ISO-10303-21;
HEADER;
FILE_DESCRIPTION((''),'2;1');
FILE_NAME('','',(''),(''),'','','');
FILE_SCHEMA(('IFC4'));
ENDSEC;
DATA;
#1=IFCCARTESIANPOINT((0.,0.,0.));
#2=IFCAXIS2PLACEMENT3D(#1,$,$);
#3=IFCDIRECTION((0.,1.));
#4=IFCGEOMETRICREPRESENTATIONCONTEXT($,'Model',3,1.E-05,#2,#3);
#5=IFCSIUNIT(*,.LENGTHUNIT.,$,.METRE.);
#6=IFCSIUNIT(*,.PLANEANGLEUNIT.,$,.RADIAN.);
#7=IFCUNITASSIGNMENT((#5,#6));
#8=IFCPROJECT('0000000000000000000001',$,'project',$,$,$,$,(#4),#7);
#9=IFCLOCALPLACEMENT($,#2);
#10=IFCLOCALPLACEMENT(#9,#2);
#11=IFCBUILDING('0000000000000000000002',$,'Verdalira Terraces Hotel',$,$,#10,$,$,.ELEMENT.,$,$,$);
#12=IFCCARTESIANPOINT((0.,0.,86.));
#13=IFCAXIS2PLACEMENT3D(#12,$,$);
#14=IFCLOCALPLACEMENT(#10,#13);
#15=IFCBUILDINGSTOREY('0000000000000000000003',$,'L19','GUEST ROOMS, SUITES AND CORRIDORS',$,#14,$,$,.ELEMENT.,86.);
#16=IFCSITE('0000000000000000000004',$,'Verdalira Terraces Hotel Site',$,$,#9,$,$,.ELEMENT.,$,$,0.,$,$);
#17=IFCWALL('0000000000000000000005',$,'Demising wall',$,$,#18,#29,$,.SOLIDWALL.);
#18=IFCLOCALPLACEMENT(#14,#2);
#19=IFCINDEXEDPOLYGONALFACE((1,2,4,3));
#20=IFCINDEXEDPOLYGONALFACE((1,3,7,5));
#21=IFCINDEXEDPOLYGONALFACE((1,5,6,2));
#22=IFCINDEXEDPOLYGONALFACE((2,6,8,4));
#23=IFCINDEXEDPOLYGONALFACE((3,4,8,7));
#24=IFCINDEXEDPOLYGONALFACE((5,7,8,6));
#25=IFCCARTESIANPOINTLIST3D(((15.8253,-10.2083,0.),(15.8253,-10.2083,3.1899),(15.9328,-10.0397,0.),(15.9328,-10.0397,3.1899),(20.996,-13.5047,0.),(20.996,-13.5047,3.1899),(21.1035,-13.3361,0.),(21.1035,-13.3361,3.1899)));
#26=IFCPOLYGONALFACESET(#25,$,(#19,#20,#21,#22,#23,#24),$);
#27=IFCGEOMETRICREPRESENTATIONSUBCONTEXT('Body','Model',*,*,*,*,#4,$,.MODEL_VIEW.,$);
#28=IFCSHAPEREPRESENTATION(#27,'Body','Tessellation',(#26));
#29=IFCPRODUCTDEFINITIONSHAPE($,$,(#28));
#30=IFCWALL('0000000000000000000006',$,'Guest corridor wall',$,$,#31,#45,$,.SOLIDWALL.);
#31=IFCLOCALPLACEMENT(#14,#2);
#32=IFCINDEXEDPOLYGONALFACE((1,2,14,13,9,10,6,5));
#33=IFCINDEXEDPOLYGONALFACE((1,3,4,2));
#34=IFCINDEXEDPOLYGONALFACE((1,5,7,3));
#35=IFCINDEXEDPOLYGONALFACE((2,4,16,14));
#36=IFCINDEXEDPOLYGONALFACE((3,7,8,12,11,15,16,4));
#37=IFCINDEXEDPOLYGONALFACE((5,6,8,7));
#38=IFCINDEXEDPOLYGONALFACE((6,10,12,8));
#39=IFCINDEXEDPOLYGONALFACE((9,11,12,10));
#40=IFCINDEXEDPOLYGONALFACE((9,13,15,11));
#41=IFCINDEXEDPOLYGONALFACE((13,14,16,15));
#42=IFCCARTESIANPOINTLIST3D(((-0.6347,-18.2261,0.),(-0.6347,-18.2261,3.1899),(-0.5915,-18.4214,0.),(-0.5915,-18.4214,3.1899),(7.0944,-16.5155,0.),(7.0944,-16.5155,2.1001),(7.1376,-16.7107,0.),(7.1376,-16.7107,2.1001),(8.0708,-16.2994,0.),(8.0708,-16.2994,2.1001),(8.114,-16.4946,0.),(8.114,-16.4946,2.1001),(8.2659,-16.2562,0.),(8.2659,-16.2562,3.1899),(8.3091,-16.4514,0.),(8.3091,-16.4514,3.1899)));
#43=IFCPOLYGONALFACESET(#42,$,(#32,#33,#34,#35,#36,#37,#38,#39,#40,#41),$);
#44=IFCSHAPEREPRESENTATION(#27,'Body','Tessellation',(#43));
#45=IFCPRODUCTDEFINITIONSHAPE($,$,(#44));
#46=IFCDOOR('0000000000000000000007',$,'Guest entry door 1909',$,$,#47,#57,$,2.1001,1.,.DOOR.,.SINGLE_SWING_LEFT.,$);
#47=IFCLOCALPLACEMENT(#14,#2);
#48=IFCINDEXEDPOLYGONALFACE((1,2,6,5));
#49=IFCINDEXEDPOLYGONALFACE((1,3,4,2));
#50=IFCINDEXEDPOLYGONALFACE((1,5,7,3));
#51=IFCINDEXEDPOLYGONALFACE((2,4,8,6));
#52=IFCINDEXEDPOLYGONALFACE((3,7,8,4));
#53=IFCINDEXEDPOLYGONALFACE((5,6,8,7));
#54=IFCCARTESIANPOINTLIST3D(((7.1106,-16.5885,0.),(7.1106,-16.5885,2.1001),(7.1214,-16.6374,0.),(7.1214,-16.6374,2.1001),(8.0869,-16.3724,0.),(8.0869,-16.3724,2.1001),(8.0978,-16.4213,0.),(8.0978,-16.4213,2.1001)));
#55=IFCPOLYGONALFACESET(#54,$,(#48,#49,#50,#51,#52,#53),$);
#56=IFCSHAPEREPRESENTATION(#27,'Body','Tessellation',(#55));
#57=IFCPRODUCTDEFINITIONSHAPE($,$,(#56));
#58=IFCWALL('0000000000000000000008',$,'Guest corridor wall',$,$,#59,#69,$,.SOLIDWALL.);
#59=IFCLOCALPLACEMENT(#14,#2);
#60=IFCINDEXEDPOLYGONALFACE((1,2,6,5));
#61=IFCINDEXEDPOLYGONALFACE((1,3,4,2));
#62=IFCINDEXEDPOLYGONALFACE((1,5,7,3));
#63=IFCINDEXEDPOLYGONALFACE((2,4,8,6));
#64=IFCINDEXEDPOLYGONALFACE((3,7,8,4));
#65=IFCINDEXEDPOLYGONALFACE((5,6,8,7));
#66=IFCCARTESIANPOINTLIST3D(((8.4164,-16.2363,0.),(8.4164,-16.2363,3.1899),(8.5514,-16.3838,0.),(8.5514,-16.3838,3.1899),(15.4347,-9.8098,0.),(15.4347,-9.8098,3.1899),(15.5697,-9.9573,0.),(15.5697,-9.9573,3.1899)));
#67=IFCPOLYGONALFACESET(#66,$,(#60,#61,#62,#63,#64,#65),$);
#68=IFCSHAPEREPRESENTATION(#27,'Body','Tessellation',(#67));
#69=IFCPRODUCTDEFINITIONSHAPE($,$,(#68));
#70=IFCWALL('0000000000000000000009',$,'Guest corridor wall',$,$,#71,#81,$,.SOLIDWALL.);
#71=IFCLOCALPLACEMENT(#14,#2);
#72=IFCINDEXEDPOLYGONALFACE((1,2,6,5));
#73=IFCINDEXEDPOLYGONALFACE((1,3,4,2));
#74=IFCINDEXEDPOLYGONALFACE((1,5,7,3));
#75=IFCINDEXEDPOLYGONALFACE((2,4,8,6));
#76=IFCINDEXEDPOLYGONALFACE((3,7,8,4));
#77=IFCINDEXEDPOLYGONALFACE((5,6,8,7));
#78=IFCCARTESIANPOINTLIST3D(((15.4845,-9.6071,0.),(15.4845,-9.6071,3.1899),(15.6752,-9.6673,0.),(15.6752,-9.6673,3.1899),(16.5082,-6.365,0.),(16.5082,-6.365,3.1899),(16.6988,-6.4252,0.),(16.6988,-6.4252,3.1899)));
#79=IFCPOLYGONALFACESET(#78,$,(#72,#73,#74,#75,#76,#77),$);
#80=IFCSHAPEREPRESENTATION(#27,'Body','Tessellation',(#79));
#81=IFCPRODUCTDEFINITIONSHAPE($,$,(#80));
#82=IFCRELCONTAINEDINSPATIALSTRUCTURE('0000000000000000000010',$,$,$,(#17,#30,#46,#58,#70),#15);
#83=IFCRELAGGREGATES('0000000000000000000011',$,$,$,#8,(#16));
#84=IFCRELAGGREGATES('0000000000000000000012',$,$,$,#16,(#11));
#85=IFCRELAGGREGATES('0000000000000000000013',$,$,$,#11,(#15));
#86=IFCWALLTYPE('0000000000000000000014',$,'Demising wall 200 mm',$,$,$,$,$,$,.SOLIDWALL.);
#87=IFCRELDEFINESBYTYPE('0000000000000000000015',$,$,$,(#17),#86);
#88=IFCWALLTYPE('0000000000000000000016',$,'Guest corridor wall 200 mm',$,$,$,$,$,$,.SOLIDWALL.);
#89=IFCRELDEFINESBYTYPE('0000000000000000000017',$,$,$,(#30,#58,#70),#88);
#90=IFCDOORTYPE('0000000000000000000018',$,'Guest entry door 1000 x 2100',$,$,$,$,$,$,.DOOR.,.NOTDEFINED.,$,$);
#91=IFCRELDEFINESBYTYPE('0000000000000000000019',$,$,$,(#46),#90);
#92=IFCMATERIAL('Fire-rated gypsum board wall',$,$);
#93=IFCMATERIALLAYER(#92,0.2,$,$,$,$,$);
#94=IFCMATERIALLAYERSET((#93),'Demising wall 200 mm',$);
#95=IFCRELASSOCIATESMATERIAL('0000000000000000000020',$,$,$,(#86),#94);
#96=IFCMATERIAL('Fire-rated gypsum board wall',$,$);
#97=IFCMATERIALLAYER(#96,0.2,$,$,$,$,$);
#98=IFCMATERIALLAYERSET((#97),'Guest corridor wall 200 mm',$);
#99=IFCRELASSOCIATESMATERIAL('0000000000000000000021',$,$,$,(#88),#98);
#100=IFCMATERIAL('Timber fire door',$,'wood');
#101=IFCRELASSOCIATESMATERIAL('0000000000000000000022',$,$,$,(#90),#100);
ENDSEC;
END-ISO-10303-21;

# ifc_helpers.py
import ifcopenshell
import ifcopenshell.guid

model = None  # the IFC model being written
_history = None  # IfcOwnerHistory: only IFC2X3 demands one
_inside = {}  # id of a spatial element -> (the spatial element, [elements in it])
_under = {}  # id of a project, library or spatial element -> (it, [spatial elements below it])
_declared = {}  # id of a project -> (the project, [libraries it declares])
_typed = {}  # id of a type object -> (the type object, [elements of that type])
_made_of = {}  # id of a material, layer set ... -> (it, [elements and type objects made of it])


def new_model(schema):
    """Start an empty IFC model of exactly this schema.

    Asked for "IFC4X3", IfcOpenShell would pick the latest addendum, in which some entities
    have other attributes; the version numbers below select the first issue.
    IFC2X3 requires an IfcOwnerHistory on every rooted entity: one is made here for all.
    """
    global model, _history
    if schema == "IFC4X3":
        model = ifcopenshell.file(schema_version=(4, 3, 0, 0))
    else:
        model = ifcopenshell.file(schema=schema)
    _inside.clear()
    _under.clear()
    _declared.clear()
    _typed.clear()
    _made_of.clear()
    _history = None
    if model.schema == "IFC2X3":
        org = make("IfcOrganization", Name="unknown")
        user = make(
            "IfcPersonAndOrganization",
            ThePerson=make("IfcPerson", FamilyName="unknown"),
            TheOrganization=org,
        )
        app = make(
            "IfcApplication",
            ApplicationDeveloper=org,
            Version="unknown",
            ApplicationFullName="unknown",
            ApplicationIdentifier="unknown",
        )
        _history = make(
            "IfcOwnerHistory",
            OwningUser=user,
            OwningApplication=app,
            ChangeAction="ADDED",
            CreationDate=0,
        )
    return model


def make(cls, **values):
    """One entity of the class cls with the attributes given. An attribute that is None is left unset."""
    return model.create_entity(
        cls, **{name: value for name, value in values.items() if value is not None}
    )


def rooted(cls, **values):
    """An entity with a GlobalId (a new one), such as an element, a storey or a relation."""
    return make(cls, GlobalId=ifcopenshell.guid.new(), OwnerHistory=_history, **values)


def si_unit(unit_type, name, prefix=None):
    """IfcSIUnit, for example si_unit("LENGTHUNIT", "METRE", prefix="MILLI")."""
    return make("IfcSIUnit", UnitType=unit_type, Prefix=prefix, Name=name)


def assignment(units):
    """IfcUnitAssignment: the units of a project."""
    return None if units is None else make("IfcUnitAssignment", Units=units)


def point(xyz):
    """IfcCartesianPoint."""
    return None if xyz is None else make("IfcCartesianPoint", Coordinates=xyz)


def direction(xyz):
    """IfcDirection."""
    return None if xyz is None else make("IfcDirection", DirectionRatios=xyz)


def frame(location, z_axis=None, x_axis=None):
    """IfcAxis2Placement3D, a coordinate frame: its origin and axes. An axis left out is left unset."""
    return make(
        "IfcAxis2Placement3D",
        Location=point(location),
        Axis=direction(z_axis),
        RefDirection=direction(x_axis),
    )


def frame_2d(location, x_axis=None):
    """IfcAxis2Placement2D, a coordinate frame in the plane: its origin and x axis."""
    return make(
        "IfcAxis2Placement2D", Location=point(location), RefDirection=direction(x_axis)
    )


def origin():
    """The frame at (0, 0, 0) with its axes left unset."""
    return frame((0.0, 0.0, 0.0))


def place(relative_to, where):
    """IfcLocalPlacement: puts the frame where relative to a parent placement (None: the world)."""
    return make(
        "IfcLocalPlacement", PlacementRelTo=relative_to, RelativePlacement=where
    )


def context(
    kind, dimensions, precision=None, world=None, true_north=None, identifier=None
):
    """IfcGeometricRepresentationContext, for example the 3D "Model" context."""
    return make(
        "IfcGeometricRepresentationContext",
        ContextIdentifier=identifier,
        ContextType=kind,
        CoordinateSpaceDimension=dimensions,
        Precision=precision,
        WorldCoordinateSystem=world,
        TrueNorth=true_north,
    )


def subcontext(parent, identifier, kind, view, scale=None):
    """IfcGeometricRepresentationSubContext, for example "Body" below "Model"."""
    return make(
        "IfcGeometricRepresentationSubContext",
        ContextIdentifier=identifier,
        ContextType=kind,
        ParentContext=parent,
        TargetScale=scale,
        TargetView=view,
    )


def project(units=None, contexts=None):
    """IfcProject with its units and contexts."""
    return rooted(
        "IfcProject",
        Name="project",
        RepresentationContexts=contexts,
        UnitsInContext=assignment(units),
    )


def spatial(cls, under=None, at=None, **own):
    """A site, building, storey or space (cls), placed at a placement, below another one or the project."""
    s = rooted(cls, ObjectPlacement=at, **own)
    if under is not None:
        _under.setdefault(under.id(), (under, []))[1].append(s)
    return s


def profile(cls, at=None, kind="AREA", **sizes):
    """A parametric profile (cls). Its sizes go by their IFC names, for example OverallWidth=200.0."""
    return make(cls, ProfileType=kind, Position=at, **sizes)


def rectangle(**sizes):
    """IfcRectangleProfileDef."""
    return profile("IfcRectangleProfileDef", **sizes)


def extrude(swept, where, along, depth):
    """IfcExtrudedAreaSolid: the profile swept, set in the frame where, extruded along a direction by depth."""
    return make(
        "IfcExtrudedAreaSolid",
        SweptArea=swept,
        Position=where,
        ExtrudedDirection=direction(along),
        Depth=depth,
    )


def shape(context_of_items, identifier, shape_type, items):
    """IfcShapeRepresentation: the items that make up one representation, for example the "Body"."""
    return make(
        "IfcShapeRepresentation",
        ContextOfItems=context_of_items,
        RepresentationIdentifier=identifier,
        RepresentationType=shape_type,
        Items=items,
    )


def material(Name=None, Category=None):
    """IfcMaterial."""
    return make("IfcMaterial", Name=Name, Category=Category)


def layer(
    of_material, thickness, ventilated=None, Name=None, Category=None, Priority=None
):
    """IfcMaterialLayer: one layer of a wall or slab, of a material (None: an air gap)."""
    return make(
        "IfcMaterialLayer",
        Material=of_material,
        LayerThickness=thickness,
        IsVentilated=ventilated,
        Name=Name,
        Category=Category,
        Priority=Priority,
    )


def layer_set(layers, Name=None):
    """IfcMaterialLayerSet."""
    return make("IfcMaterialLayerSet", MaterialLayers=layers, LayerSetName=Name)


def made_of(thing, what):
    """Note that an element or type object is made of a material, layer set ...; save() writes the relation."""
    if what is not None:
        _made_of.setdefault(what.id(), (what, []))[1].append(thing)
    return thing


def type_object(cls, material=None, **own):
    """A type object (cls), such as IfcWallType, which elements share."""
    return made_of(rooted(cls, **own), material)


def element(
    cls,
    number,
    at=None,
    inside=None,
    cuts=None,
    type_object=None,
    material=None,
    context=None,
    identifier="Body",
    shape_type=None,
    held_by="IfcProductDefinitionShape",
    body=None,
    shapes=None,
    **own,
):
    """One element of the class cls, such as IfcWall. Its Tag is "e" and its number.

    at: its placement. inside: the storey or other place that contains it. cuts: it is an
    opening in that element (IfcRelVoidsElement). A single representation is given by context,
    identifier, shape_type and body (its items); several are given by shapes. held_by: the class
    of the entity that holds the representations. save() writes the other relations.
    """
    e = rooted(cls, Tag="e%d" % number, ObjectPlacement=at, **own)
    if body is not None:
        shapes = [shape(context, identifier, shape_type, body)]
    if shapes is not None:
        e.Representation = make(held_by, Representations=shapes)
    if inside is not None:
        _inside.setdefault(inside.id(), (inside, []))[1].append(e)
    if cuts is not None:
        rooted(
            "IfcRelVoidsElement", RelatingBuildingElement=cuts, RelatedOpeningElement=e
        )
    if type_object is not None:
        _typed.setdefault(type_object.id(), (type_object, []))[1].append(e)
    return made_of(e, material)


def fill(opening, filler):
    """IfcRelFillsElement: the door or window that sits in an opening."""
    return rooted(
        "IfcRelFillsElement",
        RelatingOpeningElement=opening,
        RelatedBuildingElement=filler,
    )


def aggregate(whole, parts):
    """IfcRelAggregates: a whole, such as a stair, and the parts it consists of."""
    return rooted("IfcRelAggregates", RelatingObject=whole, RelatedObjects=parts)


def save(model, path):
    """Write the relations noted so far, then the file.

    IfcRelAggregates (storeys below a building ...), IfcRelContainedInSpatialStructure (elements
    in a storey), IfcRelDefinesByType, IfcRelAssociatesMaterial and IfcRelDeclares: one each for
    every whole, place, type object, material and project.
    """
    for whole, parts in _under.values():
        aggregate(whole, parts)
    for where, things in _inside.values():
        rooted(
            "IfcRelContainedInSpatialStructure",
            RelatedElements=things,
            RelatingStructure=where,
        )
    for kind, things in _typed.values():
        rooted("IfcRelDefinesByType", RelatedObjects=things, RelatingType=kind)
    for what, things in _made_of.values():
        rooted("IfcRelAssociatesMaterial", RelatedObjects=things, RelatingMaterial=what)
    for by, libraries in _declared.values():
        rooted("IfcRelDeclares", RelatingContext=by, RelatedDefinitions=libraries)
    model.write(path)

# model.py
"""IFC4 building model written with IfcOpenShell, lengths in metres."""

from ifc_helpers import new_model, si_unit, direction, frame, frame_2d, origin, place, context, subcontext, project, spatial, rectangle, extrude, material, layer, layer_set, type_object, element, fill, save


model = new_model("IFC4")

# Units and contexts
model_context = context("Model", 3, precision=1e-05, world=origin(), true_north=direction((0.0, 1.0)))
body_context = subcontext(model_context, "Body", "Model", "MODEL_VIEW")
ifc_project = project(units=[si_unit("LENGTHUNIT", "METRE"), si_unit("PLANEANGLEUNIT", "RADIAN")], contexts=[model_context])

# Site, building, storey
site_placement = place(None, origin())
site = spatial("IfcSite", under=ifc_project, at=site_placement, Name="Verdalira Terraces Hotel Site", CompositionType="ELEMENT", RefElevation=0.0)
building_placement = place(site_placement, origin())
building = spatial("IfcBuilding", under=site, at=building_placement, Name="Verdalira Terraces Hotel", CompositionType="ELEMENT")
storey_placement = place(building_placement, frame((0.0, 0.0, 86.0)))
storey = spatial("IfcBuildingStorey", under=building, at=storey_placement, Name="L19", Description="GUEST ROOMS, SUITES AND CORRIDORS", CompositionType="ELEMENT", Elevation=86.0)

# Wall
ifc_material_1 = material(Name="Fire-rated gypsum board wall")
ifc_layer_1 = layer(ifc_material_1, 0.2)
ifc_layer_set_1 = layer_set([ifc_layer_1], Name="Demising wall 200 mm")
wall_type_1 = type_object("IfcWallType", Name="Demising wall 200 mm", PredefinedType="SOLIDWALL", material=ifc_layer_set_1)
wall_1_placement = place(storey_placement, frame((15.8791, -10.124, 0.0), z_axis=(0.0, 0.0, 1.0), x_axis=(0.84322, -0.537568, 0.0)))
element("IfcWall", 1, at=wall_1_placement, inside=storey, type_object=wall_type_1, Name="Demising wall", PredefinedType="SOLIDWALL", context=body_context, shape_type="SweptSolid", body=[
    extrude(rectangle(XDim=6.1321, YDim=0.2, at=frame_2d((3.0659, 0.0))), origin(), (0.0, 0.0, 1.0), 3.1899),
])

# Wall, opening, door
ifc_material_2 = material(Name="Fire-rated gypsum board wall")
ifc_layer_2 = layer(ifc_material_2, 0.2)
ifc_layer_set_2 = layer_set([ifc_layer_2], Name="Guest corridor wall 200 mm")
wall_type_2 = type_object("IfcWallType", Name="Guest corridor wall 200 mm", PredefinedType="SOLIDWALL", material=ifc_layer_set_2)
wall_2_placement = place(storey_placement, frame((8.2876, -16.3538, 0.0), z_axis=(0.0, 0.0, 1.0), x_axis=(-0.976371, -0.2161, 0.0)))
wall_2 = element("IfcWall", 2, at=wall_2_placement, inside=storey, type_object=wall_type_2, Name="Guest corridor wall", PredefinedType="SOLIDWALL", context=body_context, shape_type="SweptSolid", body=[
    extrude(rectangle(XDim=9.116, YDim=0.2, at=frame_2d((4.5581, 0.0))), origin(), (0.0, 0.0, 1.0), 3.1899),
])
opening_1_placement = place(wall_2_placement, frame((0.2, 0.0, 0.0)))
opening_1 = element("IfcOpeningElement", 3, at=opening_1_placement, cuts=wall_2, PredefinedType="OPENING", context=body_context, shape_type="SweptSolid", body=[
    extrude(rectangle(XDim=1.0, YDim=2.1001, at=frame_2d((0.5, 1.05))), frame((0.0, 0.1099, 0.0), z_axis=(0.0, -1.0, 0.0), x_axis=(1.0, 0.0, 0.0)), (0.0, 0.0, 1.0), 0.22),
])
ifc_material_3 = material(Name="Timber fire door", Category="wood")
door_type_1 = type_object("IfcDoorType", Name="Guest entry door 1000 x 2100", OperationType="NOTDEFINED", PredefinedType="DOOR", material=ifc_material_3)
door_1_placement = place(opening_1_placement, origin())
door_1 = element("IfcDoor", 4, at=door_1_placement, inside=storey, type_object=door_type_1, Name="Guest entry door 1909", OperationType="SINGLE_SWING_LEFT", OverallHeight=2.1001, OverallWidth=1.0, PredefinedType="DOOR", context=body_context, shape_type="SweptSolid", body=[
    extrude(rectangle(XDim=1.0, YDim=2.1001, at=frame_2d((0.5, 1.05))), frame((0.0, 0.0249, 0.0), z_axis=(0.0, -1.0, 0.0), x_axis=(1.0, 0.0, 0.0)), (0.0, 0.0, 1.0), 0.05),
])
fill(opening_1, door_1)

# Walls
wall_3_placement = place(storey_placement, frame((8.4839, -16.3101, 0.0), z_axis=(0.0, 0.0, 1.0), x_axis=(0.737517, 0.675328, 0.0)))
element("IfcWall", 5, at=wall_3_placement, inside=storey, type_object=wall_type_2, Name="Guest corridor wall", PredefinedType="SOLIDWALL", context=body_context, shape_type="SweptSolid", body=[
    extrude(rectangle(XDim=9.5161, YDim=0.2, at=frame_2d((4.7581, 0.0))), origin(), (0.0, 0.0, 1.0), 3.1899),
])
wall_4_placement = place(storey_placement, frame((15.5798, -9.6372, 0.0), z_axis=(0.0, 0.0, 1.0), x_axis=(0.301087, 0.953597, 0.0)))
element("IfcWall", 6, at=wall_4_placement, inside=storey, type_object=wall_type_2, Name="Guest corridor wall", PredefinedType="SOLIDWALL", context=body_context, shape_type="SweptSolid", body=[
    extrude(rectangle(XDim=3.3999, YDim=0.2, at=frame_2d((1.7, 0.0))), origin(), (0.0, 0.0, 1.0), 3.1899),
])

save(model, "model.ifc")
